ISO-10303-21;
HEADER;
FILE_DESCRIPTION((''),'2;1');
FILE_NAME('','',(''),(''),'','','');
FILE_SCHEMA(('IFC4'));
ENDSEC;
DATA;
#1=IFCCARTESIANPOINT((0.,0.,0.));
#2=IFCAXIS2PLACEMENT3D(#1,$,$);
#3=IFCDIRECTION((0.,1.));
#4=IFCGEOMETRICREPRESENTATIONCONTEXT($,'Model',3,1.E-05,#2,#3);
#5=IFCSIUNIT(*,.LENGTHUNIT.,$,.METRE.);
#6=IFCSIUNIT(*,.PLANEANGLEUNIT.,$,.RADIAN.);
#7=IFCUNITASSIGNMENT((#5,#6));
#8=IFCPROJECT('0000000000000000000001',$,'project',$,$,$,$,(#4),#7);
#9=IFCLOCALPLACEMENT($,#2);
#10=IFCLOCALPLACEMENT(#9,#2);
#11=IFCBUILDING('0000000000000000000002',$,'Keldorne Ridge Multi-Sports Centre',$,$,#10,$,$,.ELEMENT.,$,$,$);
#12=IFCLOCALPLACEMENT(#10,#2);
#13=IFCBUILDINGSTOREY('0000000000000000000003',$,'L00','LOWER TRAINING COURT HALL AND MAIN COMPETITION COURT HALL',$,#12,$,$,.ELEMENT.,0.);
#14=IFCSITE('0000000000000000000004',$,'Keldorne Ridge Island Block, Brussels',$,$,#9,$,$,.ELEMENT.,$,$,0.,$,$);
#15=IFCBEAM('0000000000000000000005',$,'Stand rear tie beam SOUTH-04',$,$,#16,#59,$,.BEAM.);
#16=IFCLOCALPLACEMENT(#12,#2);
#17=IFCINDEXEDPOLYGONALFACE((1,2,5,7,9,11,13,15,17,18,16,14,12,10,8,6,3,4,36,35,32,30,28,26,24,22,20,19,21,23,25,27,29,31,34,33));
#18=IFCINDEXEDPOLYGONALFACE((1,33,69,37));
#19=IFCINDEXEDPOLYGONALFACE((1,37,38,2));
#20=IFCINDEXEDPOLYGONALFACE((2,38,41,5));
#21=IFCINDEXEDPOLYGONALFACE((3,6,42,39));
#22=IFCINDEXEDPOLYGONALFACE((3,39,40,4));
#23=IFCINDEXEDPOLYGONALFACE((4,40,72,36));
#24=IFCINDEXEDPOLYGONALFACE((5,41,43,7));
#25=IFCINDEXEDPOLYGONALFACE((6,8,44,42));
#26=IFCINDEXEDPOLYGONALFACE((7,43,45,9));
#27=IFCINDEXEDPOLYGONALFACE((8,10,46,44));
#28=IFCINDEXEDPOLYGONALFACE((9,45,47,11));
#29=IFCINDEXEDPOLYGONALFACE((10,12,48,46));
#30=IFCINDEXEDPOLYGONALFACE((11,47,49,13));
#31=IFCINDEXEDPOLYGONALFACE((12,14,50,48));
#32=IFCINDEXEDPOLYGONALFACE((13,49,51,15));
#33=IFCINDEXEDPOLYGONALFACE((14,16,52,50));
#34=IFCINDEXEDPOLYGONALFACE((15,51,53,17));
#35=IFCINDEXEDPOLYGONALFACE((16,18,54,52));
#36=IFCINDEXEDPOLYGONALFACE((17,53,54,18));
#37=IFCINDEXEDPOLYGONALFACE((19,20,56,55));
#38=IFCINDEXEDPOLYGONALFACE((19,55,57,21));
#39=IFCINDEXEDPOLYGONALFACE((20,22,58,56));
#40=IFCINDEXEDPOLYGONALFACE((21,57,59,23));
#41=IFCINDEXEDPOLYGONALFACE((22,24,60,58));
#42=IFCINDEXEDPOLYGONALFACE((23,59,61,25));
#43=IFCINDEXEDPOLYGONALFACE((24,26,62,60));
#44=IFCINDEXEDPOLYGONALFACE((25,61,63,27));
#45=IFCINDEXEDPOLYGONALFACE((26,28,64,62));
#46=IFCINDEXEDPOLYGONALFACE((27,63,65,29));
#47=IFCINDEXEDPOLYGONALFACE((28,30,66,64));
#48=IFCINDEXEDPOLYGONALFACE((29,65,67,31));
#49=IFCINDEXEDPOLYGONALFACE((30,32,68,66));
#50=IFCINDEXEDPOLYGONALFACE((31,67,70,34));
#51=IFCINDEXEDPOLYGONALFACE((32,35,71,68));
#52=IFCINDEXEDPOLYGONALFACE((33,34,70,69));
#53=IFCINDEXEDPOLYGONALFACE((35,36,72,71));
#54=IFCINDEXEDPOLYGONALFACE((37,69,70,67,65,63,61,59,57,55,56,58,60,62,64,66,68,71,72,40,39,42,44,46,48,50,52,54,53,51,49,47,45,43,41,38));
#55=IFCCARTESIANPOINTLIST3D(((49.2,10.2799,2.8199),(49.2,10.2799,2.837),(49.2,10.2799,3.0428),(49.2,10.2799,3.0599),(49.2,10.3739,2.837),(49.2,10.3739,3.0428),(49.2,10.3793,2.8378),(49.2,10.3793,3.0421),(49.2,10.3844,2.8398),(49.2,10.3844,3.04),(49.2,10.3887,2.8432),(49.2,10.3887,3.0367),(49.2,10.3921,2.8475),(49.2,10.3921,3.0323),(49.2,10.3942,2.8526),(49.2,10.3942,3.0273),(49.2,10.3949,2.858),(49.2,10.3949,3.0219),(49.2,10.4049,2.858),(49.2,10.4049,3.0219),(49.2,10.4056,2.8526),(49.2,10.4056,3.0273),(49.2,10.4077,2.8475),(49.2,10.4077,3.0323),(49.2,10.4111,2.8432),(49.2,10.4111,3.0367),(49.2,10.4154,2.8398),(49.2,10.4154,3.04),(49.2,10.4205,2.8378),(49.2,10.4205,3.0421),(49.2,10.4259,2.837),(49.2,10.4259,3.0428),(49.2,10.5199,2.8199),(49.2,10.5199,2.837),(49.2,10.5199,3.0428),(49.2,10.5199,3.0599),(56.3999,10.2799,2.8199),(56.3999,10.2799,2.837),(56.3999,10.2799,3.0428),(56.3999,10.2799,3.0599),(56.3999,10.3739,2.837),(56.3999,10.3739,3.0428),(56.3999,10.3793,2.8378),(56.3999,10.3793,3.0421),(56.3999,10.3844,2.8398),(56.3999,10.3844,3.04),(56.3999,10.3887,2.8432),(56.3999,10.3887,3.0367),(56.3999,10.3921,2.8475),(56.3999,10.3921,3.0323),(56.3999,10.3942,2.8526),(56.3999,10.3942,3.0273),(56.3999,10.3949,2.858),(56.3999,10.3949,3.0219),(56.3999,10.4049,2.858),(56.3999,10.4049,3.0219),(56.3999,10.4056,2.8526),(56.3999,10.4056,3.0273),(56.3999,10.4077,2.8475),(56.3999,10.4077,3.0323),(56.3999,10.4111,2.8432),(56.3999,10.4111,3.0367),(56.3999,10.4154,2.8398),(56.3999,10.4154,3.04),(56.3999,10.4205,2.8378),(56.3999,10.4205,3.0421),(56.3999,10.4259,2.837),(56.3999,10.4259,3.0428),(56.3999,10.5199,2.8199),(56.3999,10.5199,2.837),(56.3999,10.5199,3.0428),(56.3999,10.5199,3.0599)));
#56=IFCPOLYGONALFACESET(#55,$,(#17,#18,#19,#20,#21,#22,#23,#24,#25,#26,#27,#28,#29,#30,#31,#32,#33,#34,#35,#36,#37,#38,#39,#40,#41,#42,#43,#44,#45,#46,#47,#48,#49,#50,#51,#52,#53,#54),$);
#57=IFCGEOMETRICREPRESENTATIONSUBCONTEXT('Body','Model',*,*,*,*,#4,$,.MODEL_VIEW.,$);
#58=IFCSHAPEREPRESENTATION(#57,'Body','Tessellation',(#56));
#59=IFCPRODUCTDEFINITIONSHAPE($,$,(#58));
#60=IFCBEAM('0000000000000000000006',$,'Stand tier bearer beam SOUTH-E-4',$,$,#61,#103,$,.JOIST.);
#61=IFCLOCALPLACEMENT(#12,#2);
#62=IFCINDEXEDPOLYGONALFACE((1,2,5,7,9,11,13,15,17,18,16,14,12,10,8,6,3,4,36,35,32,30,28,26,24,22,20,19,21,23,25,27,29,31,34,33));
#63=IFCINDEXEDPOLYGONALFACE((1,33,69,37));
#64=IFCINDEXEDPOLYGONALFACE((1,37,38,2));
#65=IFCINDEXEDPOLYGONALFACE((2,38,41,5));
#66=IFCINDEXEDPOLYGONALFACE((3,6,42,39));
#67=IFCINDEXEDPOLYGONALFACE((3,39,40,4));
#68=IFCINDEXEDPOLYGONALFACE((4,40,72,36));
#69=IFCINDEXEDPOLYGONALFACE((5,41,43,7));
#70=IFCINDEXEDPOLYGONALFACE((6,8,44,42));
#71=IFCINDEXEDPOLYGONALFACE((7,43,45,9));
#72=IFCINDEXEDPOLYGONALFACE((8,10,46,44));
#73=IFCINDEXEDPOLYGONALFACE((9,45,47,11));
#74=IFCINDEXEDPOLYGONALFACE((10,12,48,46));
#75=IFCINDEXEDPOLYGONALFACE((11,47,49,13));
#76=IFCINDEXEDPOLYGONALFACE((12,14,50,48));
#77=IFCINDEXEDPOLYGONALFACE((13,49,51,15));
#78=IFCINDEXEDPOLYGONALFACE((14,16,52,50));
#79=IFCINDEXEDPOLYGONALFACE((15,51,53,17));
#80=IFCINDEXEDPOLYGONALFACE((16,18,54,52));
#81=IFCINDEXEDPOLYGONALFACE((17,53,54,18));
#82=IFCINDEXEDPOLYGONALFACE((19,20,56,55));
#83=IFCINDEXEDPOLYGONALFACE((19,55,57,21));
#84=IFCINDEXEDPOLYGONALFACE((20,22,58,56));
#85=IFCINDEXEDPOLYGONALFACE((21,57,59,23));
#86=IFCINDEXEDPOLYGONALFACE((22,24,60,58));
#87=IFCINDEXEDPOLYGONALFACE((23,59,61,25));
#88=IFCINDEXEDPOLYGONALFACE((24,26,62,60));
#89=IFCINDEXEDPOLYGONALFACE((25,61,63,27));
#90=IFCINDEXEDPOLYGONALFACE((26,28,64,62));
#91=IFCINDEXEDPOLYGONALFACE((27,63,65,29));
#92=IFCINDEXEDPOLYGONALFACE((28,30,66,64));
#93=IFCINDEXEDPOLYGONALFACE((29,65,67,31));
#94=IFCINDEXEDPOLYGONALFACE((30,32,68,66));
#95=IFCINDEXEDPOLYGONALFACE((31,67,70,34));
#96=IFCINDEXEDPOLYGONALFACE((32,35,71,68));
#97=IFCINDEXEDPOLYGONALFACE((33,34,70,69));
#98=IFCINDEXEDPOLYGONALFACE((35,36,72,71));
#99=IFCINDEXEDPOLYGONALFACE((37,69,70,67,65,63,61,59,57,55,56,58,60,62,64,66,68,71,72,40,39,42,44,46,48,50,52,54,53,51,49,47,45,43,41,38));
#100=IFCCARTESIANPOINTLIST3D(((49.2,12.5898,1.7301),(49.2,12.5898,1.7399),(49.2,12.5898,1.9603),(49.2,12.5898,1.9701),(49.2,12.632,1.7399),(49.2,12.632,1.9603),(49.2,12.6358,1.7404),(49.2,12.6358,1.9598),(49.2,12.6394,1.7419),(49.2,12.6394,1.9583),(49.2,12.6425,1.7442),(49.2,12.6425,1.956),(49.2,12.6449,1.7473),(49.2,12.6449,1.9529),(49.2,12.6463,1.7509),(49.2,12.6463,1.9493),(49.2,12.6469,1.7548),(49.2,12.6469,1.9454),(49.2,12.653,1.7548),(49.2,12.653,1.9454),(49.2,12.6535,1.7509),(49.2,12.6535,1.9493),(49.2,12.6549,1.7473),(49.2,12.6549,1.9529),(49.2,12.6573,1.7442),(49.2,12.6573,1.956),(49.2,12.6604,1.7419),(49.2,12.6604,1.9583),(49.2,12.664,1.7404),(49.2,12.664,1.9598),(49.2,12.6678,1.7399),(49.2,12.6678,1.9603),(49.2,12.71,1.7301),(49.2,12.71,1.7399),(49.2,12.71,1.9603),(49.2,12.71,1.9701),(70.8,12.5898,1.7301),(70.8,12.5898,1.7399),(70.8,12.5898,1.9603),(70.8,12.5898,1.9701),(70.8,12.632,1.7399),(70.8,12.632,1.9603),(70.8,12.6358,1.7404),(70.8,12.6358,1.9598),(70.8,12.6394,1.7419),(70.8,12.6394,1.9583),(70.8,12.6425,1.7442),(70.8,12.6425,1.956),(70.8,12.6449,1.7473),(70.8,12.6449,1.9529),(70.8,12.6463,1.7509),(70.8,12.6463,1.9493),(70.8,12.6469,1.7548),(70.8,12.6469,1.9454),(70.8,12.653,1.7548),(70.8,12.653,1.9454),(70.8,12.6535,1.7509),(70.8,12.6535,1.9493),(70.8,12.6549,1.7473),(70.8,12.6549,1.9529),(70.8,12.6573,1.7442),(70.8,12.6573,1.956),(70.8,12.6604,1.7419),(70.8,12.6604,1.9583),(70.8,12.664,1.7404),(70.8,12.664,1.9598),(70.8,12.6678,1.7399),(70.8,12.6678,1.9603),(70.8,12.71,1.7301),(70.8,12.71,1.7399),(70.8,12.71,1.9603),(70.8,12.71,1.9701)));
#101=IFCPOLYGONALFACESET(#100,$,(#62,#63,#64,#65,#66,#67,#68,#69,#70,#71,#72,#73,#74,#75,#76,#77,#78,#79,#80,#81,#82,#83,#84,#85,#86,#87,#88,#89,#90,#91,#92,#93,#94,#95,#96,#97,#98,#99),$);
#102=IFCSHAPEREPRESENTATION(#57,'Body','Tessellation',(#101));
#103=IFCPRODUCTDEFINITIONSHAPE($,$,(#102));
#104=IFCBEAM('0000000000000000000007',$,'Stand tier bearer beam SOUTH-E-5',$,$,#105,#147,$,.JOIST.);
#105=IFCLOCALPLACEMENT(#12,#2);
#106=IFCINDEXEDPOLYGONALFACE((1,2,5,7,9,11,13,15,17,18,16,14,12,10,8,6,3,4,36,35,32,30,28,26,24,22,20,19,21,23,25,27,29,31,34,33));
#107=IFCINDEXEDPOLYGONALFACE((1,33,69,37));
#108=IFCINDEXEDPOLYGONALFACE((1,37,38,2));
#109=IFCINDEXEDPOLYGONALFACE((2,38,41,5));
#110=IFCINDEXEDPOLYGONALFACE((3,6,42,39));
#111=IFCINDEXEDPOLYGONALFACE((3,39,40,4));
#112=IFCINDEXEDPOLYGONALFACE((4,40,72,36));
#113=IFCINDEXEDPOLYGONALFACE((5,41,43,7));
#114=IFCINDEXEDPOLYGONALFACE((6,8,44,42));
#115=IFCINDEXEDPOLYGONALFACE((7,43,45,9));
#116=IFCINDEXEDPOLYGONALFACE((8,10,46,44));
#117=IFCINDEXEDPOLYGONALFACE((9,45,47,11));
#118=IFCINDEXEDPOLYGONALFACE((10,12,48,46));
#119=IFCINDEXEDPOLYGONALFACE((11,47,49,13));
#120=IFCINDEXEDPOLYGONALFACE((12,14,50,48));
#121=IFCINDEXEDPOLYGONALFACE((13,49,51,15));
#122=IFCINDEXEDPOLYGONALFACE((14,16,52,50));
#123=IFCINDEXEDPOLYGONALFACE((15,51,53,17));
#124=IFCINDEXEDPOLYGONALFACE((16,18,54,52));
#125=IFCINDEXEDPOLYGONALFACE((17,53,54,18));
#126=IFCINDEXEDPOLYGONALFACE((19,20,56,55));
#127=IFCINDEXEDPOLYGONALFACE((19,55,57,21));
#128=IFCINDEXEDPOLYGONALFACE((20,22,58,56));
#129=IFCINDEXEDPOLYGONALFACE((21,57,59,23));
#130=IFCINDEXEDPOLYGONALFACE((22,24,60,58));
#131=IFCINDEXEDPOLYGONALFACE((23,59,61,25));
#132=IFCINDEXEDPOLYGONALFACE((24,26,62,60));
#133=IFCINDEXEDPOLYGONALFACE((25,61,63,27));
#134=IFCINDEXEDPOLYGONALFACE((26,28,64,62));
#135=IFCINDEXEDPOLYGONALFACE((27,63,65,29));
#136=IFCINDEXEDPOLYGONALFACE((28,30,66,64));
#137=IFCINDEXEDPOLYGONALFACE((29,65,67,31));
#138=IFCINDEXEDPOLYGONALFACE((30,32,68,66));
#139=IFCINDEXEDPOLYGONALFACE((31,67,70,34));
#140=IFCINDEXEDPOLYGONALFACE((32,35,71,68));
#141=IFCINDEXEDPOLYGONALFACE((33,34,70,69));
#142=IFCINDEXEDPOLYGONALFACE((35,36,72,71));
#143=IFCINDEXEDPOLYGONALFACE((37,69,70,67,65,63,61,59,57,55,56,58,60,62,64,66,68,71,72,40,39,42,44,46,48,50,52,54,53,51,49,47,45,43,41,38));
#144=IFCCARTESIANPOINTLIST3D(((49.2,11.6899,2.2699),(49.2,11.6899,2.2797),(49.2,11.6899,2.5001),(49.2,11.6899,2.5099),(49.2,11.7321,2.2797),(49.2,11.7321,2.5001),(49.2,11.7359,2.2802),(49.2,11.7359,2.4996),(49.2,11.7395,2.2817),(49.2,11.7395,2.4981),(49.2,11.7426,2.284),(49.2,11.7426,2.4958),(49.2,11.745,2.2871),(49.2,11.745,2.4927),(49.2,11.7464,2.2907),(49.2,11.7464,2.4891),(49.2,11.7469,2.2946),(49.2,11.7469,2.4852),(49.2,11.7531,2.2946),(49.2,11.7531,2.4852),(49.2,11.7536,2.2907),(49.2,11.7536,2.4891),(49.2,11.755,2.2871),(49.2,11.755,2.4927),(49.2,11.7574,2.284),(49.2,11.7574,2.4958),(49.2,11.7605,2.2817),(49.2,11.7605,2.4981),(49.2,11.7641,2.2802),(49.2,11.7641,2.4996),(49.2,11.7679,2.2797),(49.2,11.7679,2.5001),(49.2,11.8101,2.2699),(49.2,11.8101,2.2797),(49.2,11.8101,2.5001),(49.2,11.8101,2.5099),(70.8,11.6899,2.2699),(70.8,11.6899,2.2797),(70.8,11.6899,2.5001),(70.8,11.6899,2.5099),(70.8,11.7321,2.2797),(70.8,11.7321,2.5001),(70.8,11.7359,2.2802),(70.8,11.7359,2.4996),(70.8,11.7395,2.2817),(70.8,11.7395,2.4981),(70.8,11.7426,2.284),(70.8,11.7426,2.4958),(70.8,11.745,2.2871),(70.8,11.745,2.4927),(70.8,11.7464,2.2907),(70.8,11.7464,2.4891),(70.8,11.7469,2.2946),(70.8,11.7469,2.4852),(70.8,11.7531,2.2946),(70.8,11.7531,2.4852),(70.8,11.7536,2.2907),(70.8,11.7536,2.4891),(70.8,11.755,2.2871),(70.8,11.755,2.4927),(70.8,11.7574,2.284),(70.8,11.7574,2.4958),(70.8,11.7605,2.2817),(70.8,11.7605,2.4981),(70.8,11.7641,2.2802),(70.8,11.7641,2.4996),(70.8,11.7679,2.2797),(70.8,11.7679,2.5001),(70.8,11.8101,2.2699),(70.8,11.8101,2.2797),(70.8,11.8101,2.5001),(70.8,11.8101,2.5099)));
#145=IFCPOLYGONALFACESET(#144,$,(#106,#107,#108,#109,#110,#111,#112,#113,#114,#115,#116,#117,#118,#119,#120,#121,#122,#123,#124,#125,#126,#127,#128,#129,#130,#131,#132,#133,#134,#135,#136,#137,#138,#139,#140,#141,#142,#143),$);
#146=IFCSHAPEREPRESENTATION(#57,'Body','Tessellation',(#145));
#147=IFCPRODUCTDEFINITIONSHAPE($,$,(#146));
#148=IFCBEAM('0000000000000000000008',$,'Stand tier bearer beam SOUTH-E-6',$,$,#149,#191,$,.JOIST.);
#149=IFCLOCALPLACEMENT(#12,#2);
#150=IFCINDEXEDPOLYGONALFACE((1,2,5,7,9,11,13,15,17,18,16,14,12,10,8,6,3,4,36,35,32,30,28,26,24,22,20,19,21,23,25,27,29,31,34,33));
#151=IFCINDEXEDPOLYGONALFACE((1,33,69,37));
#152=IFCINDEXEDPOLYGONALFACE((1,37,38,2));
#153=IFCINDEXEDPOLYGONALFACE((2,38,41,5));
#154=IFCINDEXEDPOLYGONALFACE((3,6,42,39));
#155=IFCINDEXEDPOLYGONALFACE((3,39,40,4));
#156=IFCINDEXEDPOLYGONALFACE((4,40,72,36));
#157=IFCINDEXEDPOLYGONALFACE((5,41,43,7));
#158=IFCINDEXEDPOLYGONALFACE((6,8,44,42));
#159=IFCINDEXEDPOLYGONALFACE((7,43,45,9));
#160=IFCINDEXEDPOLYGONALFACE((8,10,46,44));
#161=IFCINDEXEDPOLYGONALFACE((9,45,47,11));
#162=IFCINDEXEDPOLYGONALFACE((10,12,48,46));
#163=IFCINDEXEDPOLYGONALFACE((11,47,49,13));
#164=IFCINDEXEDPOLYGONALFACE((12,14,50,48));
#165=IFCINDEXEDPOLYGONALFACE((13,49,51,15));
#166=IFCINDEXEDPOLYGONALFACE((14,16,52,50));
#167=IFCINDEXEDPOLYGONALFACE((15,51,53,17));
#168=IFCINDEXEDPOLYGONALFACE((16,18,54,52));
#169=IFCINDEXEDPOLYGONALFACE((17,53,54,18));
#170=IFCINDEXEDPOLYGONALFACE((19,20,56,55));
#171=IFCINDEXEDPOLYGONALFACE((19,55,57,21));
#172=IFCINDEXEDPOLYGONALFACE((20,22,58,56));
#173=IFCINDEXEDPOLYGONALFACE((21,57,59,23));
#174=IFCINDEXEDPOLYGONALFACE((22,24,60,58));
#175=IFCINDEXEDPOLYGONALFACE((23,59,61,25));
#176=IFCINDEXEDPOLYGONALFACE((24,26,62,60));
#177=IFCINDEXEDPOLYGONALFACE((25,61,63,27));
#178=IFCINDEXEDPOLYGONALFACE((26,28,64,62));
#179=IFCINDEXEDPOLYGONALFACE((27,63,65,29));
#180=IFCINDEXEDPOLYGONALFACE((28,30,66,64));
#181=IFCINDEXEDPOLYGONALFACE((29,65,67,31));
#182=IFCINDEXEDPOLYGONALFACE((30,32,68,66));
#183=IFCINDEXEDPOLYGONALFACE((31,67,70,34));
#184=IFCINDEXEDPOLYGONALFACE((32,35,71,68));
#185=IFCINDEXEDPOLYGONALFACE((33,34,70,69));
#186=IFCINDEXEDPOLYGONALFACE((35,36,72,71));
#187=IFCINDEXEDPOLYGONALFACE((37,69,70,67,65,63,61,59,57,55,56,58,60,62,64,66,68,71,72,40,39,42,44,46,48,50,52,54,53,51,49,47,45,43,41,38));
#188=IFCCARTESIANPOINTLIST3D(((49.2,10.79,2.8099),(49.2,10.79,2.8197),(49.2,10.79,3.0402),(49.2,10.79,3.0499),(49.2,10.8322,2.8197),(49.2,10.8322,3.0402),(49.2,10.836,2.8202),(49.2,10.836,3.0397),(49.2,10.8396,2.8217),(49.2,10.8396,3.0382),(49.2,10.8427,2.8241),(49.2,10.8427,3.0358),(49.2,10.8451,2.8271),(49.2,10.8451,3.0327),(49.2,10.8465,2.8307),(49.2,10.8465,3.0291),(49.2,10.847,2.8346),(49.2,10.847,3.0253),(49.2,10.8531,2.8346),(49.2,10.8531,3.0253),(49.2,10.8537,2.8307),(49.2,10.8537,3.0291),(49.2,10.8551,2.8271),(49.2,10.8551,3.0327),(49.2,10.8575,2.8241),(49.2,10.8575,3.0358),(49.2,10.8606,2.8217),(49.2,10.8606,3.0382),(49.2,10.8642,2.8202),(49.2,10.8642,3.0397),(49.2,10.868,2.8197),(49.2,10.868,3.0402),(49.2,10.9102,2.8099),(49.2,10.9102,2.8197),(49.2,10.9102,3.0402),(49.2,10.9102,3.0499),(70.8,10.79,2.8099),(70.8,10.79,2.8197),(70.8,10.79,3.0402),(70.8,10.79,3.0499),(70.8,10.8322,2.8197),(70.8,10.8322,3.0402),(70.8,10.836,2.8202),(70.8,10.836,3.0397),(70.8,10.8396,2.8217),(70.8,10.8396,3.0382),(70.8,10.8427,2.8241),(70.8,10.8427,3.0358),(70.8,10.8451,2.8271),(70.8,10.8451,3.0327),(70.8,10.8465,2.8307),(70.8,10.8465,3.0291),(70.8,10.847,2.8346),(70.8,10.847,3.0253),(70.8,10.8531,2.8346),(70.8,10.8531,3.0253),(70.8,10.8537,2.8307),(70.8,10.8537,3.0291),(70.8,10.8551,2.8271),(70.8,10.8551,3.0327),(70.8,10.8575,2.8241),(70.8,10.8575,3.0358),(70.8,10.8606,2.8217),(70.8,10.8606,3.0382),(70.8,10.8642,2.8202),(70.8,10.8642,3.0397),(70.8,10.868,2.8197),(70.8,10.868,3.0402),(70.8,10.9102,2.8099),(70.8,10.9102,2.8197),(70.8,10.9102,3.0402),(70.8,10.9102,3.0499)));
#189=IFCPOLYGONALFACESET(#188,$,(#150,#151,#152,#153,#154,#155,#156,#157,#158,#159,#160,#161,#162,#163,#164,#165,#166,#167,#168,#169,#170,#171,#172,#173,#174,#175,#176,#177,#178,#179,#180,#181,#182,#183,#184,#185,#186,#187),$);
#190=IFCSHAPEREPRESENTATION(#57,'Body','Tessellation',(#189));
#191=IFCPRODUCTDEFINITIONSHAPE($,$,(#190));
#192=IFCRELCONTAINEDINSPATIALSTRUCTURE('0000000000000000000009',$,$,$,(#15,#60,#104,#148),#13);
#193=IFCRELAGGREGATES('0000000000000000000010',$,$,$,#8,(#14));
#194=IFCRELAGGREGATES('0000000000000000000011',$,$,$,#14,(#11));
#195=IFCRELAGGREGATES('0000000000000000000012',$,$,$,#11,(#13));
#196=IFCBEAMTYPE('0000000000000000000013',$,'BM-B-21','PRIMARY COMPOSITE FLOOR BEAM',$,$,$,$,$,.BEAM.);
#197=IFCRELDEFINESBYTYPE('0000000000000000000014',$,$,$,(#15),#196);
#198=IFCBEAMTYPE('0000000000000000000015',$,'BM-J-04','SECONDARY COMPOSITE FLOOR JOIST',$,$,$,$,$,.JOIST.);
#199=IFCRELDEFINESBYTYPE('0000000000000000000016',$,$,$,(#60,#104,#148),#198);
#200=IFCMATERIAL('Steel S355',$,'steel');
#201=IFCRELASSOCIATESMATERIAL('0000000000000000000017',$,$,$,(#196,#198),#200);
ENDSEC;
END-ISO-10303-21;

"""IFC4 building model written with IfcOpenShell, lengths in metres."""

from ifc_helpers import new_model, si_unit, direction, frame, origin, origin_2d, place, context, subcontext, project, spatial, i_section, extrude, material, material_profile, profile_set, type_object, element, save


model = new_model("IFC4")

# Units and contexts
model_context = context("Model", 3, precision=1e-05, world=origin(), true_north=direction((0.0, 1.0)))
body_context = subcontext(model_context, "Body", "Model", "MODEL_VIEW")
ifc_project = project(units=[si_unit("LENGTHUNIT", "METRE"), si_unit("PLANEANGLEUNIT", "RADIAN")], contexts=[model_context])

# Site, building, storey
site_placement = place(None, origin())
site = spatial("IfcSite", under=ifc_project, at=site_placement, Name="Keldorne Ridge Island Block, Brussels", CompositionType="ELEMENT", RefElevation=0.0)
building_placement = place(site_placement, origin())
building = spatial("IfcBuilding", under=site, at=building_placement, Name="Keldorne Ridge Multi-Sports Centre", CompositionType="ELEMENT")
storey_placement = place(building_placement, origin())
storey = spatial("IfcBuildingStorey", under=building, at=storey_placement, Name="L00", Description="LOWER TRAINING COURT HALL AND MAIN COMPETITION COURT HALL", CompositionType="ELEMENT", Elevation=0.0)

# Shared definitions
ifc_material_1 = material(Name="Steel S355", Category="steel")

# Beams
ifc_material_profile_1 = material_profile(ifc_material_1, i_section(OverallWidth=0.24, OverallDepth=0.24, WebThickness=0.01, FlangeThickness=0.0171, FilletRadius=0.021, at=origin_2d()), Name="HEB 240")
ifc_profile_set_1 = profile_set([ifc_material_profile_1], Name="Steel S355")
beam_type_1 = type_object("IfcBeamType", Name="BM-B-21", Description="PRIMARY COMPOSITE FLOOR BEAM", PredefinedType="BEAM", material=ifc_profile_set_1)
beam_placement = place(storey_placement, frame((49.2, 10.3999, 2.9399), z_axis=(1.0, 0.0, 0.0), x_axis=(0.0, 1.0, 0.0)))
element("IfcBeam", 1, at=beam_placement, inside=storey, type_object=beam_type_1, Name="Stand rear tie beam SOUTH-04", PredefinedType="BEAM", context=body_context, shape_type="SweptSolid", body=[
    extrude(i_section(OverallWidth=0.24, OverallDepth=0.24, WebThickness=0.01, FlangeThickness=0.0171, FilletRadius=0.021, at=origin_2d()), origin(), (0.0, 0.0, 1.0), 7.2),
])
ifc_material_profile_2 = material_profile(ifc_material_1, i_section(OverallWidth=0.1201, OverallDepth=0.24, WebThickness=0.0061, FlangeThickness=0.0098, FilletRadius=0.0149, at=origin_2d()), Name="IPE 240")
ifc_profile_set_2 = profile_set([ifc_material_profile_2], Name="Steel S355")
beam_type_2 = type_object("IfcBeamType", Name="BM-J-04", Description="SECONDARY COMPOSITE FLOOR JOIST", PredefinedType="JOIST", material=ifc_profile_set_2)
for number, where, z_axis, x_axis, name in (
    (2, (49.2, 12.6499, 1.8501), (1.0, 0.0, 0.0), (0.0, 1.0, 0.0), "Stand tier bearer beam SOUTH-E-4"),
    (3, (49.2, 11.75, 2.3899), (1.0, 0.0, 0.0), (0.0, 1.0, 0.0), "Stand tier bearer beam SOUTH-E-5"),
    (4, (49.2, 10.8501, 2.9299), (1.0, 0.0, 0.0), (0.0, 1.0, 0.0), "Stand tier bearer beam SOUTH-E-6"),
):
    element("IfcBeam", number, at=place(storey_placement, frame(where, z_axis=z_axis, x_axis=x_axis)), inside=storey, type_object=beam_type_2, Name=name, PredefinedType="JOIST", context=body_context, shape_type="SweptSolid", body=[
        extrude(i_section(OverallWidth=0.1201, OverallDepth=0.24, WebThickness=0.0061, FlangeThickness=0.0098, FilletRadius=0.0149, at=origin_2d()), origin(), (0.0, 0.0, 1.0), 21.6001),
    ])

save(model, "model.ifc")
